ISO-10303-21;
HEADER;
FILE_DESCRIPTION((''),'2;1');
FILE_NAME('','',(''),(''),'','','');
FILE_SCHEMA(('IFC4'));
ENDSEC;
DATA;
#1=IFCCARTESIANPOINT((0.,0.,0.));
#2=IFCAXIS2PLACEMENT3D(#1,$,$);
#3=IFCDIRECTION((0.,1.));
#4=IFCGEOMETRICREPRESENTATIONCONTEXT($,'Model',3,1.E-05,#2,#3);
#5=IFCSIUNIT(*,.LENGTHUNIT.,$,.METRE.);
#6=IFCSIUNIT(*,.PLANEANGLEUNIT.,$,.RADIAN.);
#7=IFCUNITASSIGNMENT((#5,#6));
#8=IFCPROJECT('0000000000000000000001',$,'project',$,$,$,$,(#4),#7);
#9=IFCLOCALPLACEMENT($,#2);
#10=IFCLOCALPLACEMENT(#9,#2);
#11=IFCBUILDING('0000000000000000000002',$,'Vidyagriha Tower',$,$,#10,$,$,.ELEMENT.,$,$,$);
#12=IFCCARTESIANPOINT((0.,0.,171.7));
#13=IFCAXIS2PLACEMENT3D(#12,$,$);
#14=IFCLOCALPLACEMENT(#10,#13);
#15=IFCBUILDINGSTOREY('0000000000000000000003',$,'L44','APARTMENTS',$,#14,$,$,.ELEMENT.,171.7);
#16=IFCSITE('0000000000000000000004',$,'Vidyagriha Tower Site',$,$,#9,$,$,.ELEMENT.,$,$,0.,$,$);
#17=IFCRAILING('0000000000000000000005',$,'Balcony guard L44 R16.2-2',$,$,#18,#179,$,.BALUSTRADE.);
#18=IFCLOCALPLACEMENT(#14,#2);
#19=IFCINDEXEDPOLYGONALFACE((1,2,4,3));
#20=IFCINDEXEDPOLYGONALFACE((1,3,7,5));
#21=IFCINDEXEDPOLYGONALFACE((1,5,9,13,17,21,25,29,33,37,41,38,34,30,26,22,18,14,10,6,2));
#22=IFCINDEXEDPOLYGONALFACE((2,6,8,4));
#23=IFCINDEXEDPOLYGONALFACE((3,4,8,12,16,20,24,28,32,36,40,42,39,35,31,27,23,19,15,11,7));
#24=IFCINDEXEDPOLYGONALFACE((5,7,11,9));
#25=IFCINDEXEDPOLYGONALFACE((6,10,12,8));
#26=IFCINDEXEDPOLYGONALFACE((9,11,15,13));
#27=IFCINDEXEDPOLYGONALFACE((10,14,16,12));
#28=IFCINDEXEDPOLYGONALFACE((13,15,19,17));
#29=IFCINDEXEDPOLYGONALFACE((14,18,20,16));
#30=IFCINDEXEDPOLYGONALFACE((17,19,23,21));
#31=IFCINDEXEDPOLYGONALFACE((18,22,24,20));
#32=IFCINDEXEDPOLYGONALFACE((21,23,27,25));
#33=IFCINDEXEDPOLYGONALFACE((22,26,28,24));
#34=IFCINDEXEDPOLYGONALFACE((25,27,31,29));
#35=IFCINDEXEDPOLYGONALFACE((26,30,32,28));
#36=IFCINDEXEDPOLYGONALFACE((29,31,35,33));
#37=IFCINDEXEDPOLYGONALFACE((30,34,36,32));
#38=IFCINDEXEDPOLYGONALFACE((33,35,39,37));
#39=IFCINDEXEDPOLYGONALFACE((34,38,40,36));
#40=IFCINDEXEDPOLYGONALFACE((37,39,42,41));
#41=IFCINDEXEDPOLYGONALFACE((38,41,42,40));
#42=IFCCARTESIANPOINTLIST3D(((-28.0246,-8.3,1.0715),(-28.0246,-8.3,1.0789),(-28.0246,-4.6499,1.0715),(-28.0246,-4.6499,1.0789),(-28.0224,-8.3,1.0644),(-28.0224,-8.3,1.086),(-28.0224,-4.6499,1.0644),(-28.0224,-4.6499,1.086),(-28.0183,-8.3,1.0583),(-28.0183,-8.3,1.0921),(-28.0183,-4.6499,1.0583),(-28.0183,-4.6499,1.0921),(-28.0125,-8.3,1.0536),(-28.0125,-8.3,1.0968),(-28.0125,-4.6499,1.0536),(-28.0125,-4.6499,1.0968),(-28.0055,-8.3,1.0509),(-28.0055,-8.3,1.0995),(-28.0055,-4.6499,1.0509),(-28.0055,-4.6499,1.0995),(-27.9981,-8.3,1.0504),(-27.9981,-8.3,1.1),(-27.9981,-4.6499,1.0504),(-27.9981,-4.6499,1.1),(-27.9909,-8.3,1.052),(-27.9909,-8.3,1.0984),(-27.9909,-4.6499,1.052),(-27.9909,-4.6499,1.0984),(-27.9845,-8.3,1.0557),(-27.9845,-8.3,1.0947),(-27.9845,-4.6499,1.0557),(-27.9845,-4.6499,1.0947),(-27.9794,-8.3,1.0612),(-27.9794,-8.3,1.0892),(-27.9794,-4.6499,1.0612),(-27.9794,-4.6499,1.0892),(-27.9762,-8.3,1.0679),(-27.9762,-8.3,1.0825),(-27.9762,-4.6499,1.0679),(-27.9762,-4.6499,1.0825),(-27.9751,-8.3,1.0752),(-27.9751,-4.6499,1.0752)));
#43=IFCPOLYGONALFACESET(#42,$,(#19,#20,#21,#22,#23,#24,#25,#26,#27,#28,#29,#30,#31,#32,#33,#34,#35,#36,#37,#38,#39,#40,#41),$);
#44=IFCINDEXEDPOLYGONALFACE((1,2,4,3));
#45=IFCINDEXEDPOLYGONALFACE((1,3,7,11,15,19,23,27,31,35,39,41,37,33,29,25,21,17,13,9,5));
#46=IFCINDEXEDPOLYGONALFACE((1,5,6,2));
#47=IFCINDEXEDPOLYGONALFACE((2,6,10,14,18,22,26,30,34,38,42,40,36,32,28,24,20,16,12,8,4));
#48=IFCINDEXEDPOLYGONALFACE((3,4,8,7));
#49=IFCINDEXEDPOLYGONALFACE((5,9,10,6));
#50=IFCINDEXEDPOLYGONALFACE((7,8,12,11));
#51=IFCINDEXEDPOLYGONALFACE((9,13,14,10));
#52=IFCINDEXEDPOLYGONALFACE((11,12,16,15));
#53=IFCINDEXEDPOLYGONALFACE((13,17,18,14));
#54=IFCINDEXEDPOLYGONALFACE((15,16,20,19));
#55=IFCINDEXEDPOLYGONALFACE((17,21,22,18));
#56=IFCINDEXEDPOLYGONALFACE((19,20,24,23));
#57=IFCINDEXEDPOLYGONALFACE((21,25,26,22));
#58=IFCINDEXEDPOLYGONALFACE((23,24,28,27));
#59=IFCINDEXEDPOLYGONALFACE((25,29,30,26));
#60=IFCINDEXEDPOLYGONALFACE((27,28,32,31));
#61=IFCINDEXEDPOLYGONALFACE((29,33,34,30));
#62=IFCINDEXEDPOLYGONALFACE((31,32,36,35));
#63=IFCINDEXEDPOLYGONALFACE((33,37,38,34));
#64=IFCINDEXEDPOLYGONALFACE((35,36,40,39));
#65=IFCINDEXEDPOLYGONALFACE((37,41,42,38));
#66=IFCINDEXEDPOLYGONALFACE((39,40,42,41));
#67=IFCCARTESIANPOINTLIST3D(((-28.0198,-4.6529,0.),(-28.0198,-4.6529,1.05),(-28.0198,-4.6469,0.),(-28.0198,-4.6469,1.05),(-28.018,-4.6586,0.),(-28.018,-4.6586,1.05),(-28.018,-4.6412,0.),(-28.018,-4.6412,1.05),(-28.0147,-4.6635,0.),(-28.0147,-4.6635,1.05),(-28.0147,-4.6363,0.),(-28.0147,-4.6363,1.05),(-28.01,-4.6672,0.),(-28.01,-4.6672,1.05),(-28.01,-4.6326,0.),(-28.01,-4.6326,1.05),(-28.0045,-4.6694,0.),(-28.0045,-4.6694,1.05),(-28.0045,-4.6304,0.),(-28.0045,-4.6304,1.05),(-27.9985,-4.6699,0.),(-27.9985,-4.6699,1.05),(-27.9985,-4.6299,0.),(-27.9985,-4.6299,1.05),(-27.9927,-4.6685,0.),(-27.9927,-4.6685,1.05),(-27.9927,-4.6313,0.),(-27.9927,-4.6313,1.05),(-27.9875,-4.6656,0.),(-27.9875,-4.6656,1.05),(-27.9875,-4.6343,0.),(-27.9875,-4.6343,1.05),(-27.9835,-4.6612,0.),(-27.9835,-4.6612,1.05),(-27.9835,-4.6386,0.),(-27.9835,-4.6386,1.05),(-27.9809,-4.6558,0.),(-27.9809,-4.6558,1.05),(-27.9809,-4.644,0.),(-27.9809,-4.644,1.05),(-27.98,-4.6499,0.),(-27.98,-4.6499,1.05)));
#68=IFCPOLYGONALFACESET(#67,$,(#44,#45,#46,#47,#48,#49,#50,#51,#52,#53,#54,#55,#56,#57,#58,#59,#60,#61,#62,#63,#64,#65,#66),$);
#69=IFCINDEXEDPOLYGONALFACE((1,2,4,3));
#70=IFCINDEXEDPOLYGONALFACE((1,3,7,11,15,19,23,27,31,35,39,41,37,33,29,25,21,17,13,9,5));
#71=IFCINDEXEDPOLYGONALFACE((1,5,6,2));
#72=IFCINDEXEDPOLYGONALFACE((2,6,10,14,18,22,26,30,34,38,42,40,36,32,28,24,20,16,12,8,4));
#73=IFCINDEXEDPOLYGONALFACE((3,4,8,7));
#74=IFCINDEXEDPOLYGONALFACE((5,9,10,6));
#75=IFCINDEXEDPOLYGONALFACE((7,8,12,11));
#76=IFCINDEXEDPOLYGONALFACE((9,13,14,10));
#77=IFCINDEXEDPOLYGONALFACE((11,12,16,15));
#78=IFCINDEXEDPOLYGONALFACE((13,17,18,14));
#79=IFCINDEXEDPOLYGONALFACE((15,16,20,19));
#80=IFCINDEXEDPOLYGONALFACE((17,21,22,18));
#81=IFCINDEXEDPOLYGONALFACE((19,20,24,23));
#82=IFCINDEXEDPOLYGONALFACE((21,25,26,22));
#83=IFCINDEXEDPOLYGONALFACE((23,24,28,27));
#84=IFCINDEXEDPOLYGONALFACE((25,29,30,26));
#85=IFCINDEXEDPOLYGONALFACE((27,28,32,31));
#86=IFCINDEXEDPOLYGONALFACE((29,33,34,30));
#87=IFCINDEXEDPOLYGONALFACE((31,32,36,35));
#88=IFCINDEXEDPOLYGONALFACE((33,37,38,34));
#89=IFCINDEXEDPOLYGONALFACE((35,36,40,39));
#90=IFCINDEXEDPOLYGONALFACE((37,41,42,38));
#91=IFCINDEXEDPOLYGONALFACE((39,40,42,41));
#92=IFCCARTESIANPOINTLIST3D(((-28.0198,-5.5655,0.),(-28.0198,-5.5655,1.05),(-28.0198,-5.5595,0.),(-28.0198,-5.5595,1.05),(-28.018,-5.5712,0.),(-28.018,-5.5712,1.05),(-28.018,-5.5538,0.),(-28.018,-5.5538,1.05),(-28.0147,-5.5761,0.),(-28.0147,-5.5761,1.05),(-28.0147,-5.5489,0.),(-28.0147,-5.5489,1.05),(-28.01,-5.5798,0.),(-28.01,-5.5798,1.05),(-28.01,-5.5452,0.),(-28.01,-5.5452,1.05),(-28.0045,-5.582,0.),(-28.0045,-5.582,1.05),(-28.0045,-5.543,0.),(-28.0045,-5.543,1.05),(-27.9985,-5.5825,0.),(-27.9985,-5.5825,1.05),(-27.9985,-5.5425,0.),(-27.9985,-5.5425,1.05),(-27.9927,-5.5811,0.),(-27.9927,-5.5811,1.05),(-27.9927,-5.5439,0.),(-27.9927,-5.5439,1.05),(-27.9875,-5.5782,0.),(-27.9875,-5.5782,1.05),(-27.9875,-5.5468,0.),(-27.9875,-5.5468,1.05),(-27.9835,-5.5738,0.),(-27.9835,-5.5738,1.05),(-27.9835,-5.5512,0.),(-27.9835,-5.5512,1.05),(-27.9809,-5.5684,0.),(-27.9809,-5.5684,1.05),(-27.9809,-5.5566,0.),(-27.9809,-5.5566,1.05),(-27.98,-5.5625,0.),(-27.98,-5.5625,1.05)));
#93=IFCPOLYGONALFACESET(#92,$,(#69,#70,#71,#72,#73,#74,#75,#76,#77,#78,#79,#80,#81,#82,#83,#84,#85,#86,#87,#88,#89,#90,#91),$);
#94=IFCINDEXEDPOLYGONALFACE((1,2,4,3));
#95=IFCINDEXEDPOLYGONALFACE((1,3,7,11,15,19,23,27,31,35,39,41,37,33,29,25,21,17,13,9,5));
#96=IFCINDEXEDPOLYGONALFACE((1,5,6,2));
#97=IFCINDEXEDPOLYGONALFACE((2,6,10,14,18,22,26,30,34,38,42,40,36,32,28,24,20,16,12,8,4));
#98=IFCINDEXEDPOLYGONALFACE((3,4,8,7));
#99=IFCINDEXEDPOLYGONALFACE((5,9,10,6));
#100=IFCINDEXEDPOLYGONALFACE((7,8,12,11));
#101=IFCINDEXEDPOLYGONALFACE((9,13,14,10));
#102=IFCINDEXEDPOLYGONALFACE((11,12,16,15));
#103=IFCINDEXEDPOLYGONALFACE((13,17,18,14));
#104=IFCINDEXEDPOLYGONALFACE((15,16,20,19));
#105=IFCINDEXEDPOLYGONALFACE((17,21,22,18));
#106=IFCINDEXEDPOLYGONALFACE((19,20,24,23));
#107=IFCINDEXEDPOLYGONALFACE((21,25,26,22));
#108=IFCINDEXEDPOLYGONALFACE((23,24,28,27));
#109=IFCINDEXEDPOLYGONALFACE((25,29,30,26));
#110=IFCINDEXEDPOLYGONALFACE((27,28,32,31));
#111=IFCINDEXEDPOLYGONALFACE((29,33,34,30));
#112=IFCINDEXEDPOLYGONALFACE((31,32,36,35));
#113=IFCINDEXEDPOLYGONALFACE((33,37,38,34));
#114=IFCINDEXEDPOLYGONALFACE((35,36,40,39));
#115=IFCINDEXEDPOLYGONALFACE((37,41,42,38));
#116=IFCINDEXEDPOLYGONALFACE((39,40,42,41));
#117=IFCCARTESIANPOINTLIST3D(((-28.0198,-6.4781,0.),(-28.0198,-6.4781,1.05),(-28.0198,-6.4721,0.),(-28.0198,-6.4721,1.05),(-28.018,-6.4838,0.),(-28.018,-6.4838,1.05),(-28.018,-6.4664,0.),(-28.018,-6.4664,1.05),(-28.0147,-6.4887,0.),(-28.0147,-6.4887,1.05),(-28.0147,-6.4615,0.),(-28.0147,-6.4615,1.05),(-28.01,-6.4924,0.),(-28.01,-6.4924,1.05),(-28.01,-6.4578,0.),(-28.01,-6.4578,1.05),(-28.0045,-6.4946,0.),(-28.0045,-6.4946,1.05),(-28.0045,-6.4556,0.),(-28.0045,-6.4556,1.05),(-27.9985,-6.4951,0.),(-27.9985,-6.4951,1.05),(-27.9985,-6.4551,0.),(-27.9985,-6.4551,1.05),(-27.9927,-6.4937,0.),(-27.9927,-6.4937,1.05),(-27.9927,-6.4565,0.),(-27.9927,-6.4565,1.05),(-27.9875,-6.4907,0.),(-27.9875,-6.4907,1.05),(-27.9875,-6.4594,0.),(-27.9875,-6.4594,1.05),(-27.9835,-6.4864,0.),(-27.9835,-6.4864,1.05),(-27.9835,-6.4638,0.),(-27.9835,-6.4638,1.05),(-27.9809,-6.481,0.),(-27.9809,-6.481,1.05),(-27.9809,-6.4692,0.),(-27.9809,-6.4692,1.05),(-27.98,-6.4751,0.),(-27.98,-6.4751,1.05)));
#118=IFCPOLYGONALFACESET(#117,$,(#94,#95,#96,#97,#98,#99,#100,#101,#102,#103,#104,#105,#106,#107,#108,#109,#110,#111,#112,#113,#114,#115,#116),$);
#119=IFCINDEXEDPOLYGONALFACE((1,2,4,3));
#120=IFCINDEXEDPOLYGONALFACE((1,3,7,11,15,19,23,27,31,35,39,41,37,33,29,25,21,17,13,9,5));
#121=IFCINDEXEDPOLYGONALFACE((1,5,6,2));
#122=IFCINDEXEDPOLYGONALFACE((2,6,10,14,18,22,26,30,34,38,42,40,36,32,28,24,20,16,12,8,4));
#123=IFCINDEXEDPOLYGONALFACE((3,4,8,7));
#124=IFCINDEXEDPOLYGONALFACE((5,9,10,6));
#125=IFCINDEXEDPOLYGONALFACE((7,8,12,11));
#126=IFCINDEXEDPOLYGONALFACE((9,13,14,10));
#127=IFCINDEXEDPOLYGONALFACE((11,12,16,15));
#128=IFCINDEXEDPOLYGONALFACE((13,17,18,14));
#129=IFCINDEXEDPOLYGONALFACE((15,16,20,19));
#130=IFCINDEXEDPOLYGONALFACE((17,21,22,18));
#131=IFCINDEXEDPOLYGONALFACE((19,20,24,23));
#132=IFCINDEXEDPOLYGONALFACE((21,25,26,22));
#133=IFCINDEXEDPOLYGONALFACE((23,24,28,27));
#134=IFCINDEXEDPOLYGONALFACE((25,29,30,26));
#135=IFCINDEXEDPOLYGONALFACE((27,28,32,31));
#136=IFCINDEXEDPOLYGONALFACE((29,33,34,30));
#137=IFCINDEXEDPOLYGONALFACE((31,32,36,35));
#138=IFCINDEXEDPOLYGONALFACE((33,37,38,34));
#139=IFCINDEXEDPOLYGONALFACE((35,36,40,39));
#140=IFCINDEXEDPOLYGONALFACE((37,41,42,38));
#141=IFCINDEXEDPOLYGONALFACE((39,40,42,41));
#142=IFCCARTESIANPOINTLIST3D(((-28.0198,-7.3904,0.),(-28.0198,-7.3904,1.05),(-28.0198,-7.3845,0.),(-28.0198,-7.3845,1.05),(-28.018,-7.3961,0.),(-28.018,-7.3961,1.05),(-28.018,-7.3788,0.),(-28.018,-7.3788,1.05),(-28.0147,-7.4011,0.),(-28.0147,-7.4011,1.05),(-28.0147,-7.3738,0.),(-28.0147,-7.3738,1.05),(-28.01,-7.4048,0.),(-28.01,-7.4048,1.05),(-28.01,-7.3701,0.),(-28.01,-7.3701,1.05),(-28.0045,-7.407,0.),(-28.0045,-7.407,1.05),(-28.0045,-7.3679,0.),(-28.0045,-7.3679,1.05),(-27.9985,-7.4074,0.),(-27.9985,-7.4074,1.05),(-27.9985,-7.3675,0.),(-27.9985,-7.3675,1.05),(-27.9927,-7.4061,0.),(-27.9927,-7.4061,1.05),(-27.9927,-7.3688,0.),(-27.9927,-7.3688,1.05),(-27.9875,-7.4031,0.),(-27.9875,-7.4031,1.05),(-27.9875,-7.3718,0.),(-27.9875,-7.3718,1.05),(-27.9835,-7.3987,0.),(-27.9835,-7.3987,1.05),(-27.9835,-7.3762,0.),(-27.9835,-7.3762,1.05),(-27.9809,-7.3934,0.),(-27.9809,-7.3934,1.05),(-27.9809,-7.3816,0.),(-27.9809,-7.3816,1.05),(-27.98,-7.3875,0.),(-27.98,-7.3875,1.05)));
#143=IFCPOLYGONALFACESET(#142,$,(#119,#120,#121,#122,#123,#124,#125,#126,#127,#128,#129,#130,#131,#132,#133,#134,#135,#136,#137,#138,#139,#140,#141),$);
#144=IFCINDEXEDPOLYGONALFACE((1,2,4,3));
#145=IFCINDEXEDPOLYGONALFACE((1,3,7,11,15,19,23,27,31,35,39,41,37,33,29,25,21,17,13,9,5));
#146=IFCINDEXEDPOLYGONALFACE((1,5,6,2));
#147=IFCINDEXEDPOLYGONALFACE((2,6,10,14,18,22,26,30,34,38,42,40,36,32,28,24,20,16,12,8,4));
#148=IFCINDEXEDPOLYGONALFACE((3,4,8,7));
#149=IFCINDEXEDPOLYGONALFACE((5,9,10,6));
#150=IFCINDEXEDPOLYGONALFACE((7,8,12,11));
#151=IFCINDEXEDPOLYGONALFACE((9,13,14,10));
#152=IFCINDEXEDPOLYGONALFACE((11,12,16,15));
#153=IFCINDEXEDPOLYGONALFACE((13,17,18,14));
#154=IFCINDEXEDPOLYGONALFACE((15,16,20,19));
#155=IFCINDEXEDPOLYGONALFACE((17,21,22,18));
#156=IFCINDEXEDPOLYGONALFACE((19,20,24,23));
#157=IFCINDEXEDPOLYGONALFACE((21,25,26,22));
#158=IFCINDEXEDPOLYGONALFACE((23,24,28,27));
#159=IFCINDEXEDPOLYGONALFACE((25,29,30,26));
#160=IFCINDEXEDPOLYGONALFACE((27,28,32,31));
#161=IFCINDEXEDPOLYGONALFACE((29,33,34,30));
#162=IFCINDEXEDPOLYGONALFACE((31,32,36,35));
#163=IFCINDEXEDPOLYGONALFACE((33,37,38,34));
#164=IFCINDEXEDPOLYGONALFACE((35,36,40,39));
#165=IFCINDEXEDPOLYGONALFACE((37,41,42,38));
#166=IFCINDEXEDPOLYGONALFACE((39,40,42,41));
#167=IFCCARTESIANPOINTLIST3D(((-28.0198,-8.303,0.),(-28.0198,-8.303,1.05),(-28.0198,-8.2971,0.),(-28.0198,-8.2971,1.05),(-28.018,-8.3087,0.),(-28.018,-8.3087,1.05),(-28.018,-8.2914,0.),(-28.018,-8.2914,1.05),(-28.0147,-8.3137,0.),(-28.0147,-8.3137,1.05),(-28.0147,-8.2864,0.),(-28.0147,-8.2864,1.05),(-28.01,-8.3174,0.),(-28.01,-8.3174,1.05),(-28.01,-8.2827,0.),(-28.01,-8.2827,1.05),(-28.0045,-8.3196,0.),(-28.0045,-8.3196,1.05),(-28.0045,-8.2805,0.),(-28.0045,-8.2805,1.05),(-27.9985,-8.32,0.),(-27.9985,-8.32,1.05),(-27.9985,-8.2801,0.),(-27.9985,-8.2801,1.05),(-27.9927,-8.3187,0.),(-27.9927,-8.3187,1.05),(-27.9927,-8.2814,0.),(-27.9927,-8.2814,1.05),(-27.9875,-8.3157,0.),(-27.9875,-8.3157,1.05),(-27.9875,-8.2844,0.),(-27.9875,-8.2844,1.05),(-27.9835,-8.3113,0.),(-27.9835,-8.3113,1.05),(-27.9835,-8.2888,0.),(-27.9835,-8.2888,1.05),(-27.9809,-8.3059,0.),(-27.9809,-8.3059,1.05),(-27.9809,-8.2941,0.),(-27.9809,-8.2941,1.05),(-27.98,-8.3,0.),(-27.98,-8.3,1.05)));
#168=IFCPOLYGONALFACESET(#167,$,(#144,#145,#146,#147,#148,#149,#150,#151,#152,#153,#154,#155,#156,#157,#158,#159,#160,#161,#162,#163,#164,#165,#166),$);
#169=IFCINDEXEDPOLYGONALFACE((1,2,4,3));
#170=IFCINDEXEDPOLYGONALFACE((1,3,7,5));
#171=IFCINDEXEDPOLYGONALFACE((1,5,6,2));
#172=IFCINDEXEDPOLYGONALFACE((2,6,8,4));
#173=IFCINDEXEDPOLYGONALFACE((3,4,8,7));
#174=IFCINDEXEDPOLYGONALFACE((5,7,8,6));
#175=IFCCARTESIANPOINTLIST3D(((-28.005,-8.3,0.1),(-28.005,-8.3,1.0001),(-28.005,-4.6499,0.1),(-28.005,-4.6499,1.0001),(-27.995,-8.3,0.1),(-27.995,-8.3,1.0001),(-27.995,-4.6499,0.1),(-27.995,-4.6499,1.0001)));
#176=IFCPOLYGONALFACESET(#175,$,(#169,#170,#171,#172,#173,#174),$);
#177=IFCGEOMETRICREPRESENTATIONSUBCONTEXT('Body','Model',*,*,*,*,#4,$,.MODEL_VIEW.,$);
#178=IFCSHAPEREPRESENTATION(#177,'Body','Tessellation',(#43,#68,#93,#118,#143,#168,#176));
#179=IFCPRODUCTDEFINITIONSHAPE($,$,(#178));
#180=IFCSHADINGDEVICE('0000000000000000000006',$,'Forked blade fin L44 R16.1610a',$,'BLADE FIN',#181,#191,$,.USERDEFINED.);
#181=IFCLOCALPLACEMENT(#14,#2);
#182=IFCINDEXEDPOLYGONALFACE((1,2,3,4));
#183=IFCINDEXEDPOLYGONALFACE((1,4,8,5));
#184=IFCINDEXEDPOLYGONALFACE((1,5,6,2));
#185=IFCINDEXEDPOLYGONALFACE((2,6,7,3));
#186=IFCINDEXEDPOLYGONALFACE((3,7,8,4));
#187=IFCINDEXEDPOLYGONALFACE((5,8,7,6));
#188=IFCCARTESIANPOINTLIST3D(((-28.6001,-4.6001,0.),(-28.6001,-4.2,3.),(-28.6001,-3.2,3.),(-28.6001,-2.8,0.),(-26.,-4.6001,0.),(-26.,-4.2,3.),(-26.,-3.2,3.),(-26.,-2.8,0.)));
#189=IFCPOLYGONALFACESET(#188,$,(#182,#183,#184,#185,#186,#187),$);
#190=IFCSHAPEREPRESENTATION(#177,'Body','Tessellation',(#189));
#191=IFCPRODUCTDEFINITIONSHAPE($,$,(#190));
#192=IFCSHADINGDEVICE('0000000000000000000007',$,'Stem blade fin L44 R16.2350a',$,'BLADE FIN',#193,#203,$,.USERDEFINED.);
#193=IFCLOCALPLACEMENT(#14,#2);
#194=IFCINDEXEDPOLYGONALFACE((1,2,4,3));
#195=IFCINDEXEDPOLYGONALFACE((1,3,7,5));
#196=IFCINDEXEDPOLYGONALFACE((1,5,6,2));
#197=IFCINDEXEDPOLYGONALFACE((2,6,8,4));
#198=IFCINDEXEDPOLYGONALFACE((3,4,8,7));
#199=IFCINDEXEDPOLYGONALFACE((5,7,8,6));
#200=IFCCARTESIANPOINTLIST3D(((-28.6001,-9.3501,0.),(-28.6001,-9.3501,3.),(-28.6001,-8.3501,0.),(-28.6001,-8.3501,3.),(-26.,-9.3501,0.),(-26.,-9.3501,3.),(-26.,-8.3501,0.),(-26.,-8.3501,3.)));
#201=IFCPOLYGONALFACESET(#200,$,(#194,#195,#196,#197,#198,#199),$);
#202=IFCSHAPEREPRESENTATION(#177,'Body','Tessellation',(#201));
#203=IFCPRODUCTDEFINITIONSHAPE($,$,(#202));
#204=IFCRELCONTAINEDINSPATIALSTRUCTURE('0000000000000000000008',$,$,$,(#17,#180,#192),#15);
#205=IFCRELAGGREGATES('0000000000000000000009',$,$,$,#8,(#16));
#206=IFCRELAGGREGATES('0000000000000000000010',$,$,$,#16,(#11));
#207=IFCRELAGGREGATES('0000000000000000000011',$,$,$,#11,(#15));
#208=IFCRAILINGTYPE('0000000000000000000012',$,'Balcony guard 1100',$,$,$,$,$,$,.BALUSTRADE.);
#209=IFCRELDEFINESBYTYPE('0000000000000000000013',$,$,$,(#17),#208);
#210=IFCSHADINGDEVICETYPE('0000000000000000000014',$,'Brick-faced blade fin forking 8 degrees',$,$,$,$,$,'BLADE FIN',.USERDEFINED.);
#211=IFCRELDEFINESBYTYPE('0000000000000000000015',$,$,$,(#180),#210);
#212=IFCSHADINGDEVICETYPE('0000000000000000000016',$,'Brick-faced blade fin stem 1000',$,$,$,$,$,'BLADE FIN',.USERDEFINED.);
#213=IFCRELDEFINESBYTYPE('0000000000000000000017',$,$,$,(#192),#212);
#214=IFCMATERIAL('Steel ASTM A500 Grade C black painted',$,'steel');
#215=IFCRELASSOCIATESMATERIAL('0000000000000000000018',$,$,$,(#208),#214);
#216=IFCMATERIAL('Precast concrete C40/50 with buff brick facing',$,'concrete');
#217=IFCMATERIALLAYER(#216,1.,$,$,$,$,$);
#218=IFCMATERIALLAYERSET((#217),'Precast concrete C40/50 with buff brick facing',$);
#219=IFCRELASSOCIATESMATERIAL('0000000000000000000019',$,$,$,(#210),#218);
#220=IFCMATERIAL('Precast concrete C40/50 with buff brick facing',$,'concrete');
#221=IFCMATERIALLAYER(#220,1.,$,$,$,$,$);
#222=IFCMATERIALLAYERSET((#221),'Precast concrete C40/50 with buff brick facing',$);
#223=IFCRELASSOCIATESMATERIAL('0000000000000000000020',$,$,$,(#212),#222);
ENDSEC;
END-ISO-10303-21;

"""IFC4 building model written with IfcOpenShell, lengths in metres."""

from ifc_helpers import new_model, si_unit, direction, frame, origin, origin_2d, place, context, subcontext, project, spatial, polyline, rectangle, circle, outline, extrude, material, layer, layer_set, type_object, element, save


model = new_model("IFC4")

# Units and contexts
model_context = context("Model", 3, precision=1e-05, world=origin(), true_north=direction((0.0, 1.0)))
body_context = subcontext(model_context, "Body", "Model", "MODEL_VIEW")
ifc_project = project(units=[si_unit("LENGTHUNIT", "METRE"), si_unit("PLANEANGLEUNIT", "RADIAN")], contexts=[model_context])

# Site, building, storey
site_placement = place(None, origin())
site = spatial("IfcSite", under=ifc_project, at=site_placement, Name="Vidyagriha Tower Site", CompositionType="ELEMENT", RefElevation=0.0)
building_placement = place(site_placement, origin())
building = spatial("IfcBuilding", under=site, at=building_placement, Name="Vidyagriha Tower", CompositionType="ELEMENT")
storey_placement = place(building_placement, frame((0.0, 0.0, 171.7)))
storey = spatial("IfcBuildingStorey", under=building, at=storey_placement, Name="L44", Description="APARTMENTS", CompositionType="ELEMENT", Elevation=171.7)

# Railing
ifc_material_1 = material(Name="Steel ASTM A500 Grade C black painted", Category="steel")
railing_type_1 = type_object("IfcRailingType", Name="Balcony guard 1100", PredefinedType="BALUSTRADE", material=ifc_material_1)
railing_1_placement = place(storey_placement, frame((-28.0, -4.6499, 0.0)))
element("IfcRailing", 1, at=railing_1_placement, inside=storey, type_object=railing_type_1, Name="Balcony guard L44 R16.2-2", PredefinedType="BALUSTRADE", context=body_context, shape_type="SweptSolid", body=[
    extrude(circle(Radius=0.0249, at=origin_2d()), frame((0.0, 0.0, 1.0752), z_axis=(0.0, -1.0, 0.0), x_axis=(1.0, 0.0, 0.0)), (0.0, 0.0, 1.0), 3.6501),
    extrude(circle(Radius=0.02, at=origin_2d()), origin(), (0.0, 0.0, 1.0), 1.05),
    extrude(circle(Radius=0.02, at=origin_2d()), frame((0.0, -0.9126, 0.0)), (0.0, 0.0, 1.0), 1.05),
    extrude(circle(Radius=0.02, at=origin_2d()), frame((0.0, -1.8252, 0.0)), (0.0, 0.0, 1.0), 1.05),
    extrude(circle(Radius=0.02, at=origin_2d()), frame((0.0, -2.7375, 0.0)), (0.0, 0.0, 1.0), 1.05),
    extrude(circle(Radius=0.02, at=origin_2d()), frame((0.0, -3.6501, 0.0)), (0.0, 0.0, 1.0), 1.05),
    extrude(rectangle(XDim=0.01, YDim=0.9001, at=origin_2d()), frame((0.0, 0.0, 0.55), z_axis=(0.0, -1.0, 0.0), x_axis=(1.0, 0.0, 0.0)), (0.0, 0.0, 1.0), 3.6501),
])

# Shading devices
ifc_material_2 = material(Name="Precast concrete C40/50 with buff brick facing", Category="concrete")
ifc_layer_1 = layer(ifc_material_2, 1.0)
ifc_layer_set_1 = layer_set([ifc_layer_1], Name="Precast concrete C40/50 with buff brick facing")
shading_device_type_1 = type_object("IfcShadingDeviceType", Name="Brick-faced blade fin forking 8 degrees", ElementType="BLADE FIN", PredefinedType="USERDEFINED", material=ifc_layer_set_1)
shading_device_1_placement = place(storey_placement, frame((-27.3, -2.8, 0.0), z_axis=(0.0, 0.0, 1.0), x_axis=(0.0, -1.0, 0.0)))
element("IfcShadingDevice", 2, at=shading_device_1_placement, inside=storey, type_object=shading_device_type_1, Name="Forked blade fin L44 R16.1610a", ObjectType="BLADE FIN", PredefinedType="USERDEFINED", context=body_context, shape_type="SweptSolid", body=[
    extrude(outline(polyline([(0.0, 0.0), (1.8, 0.0), (1.3999, 3.0), (0.3999, 3.0), (0.0, 0.0)])), frame((0.0, 1.3, 0.0), z_axis=(0.0, -1.0, 0.0), x_axis=(1.0, 0.0, 0.0)), (0.0, 0.0, 1.0), 2.6001),
])
ifc_material_3 = material(Name="Precast concrete C40/50 with buff brick facing", Category="concrete")
ifc_layer_2 = layer(ifc_material_3, 1.0)
ifc_layer_set_2 = layer_set([ifc_layer_2], Name="Precast concrete C40/50 with buff brick facing")
shading_device_type_2 = type_object("IfcShadingDeviceType", Name="Brick-faced blade fin stem 1000", ElementType="BLADE FIN", PredefinedType="USERDEFINED", material=ifc_layer_set_2)
shading_device_2_placement = place(storey_placement, frame((-27.3, -8.3501, 0.0), z_axis=(0.0, 0.0, 1.0), x_axis=(0.0, -1.0, 0.0)))
element("IfcShadingDevice", 3, at=shading_device_2_placement, inside=storey, type_object=shading_device_type_2, Name="Stem blade fin L44 R16.2350a", ObjectType="BLADE FIN", PredefinedType="USERDEFINED", context=body_context, shape_type="SweptSolid", body=[
    extrude(outline(polyline([(0.0, 0.0), (1.0, 0.0), (1.0, 3.0), (0.0, 3.0), (0.0, 0.0)])), frame((0.0, 1.3, 0.0), z_axis=(0.0, -1.0, 0.0), x_axis=(1.0, 0.0, 0.0)), (0.0, 0.0, 1.0), 2.6001),
])

save(model, "model.ifc")
